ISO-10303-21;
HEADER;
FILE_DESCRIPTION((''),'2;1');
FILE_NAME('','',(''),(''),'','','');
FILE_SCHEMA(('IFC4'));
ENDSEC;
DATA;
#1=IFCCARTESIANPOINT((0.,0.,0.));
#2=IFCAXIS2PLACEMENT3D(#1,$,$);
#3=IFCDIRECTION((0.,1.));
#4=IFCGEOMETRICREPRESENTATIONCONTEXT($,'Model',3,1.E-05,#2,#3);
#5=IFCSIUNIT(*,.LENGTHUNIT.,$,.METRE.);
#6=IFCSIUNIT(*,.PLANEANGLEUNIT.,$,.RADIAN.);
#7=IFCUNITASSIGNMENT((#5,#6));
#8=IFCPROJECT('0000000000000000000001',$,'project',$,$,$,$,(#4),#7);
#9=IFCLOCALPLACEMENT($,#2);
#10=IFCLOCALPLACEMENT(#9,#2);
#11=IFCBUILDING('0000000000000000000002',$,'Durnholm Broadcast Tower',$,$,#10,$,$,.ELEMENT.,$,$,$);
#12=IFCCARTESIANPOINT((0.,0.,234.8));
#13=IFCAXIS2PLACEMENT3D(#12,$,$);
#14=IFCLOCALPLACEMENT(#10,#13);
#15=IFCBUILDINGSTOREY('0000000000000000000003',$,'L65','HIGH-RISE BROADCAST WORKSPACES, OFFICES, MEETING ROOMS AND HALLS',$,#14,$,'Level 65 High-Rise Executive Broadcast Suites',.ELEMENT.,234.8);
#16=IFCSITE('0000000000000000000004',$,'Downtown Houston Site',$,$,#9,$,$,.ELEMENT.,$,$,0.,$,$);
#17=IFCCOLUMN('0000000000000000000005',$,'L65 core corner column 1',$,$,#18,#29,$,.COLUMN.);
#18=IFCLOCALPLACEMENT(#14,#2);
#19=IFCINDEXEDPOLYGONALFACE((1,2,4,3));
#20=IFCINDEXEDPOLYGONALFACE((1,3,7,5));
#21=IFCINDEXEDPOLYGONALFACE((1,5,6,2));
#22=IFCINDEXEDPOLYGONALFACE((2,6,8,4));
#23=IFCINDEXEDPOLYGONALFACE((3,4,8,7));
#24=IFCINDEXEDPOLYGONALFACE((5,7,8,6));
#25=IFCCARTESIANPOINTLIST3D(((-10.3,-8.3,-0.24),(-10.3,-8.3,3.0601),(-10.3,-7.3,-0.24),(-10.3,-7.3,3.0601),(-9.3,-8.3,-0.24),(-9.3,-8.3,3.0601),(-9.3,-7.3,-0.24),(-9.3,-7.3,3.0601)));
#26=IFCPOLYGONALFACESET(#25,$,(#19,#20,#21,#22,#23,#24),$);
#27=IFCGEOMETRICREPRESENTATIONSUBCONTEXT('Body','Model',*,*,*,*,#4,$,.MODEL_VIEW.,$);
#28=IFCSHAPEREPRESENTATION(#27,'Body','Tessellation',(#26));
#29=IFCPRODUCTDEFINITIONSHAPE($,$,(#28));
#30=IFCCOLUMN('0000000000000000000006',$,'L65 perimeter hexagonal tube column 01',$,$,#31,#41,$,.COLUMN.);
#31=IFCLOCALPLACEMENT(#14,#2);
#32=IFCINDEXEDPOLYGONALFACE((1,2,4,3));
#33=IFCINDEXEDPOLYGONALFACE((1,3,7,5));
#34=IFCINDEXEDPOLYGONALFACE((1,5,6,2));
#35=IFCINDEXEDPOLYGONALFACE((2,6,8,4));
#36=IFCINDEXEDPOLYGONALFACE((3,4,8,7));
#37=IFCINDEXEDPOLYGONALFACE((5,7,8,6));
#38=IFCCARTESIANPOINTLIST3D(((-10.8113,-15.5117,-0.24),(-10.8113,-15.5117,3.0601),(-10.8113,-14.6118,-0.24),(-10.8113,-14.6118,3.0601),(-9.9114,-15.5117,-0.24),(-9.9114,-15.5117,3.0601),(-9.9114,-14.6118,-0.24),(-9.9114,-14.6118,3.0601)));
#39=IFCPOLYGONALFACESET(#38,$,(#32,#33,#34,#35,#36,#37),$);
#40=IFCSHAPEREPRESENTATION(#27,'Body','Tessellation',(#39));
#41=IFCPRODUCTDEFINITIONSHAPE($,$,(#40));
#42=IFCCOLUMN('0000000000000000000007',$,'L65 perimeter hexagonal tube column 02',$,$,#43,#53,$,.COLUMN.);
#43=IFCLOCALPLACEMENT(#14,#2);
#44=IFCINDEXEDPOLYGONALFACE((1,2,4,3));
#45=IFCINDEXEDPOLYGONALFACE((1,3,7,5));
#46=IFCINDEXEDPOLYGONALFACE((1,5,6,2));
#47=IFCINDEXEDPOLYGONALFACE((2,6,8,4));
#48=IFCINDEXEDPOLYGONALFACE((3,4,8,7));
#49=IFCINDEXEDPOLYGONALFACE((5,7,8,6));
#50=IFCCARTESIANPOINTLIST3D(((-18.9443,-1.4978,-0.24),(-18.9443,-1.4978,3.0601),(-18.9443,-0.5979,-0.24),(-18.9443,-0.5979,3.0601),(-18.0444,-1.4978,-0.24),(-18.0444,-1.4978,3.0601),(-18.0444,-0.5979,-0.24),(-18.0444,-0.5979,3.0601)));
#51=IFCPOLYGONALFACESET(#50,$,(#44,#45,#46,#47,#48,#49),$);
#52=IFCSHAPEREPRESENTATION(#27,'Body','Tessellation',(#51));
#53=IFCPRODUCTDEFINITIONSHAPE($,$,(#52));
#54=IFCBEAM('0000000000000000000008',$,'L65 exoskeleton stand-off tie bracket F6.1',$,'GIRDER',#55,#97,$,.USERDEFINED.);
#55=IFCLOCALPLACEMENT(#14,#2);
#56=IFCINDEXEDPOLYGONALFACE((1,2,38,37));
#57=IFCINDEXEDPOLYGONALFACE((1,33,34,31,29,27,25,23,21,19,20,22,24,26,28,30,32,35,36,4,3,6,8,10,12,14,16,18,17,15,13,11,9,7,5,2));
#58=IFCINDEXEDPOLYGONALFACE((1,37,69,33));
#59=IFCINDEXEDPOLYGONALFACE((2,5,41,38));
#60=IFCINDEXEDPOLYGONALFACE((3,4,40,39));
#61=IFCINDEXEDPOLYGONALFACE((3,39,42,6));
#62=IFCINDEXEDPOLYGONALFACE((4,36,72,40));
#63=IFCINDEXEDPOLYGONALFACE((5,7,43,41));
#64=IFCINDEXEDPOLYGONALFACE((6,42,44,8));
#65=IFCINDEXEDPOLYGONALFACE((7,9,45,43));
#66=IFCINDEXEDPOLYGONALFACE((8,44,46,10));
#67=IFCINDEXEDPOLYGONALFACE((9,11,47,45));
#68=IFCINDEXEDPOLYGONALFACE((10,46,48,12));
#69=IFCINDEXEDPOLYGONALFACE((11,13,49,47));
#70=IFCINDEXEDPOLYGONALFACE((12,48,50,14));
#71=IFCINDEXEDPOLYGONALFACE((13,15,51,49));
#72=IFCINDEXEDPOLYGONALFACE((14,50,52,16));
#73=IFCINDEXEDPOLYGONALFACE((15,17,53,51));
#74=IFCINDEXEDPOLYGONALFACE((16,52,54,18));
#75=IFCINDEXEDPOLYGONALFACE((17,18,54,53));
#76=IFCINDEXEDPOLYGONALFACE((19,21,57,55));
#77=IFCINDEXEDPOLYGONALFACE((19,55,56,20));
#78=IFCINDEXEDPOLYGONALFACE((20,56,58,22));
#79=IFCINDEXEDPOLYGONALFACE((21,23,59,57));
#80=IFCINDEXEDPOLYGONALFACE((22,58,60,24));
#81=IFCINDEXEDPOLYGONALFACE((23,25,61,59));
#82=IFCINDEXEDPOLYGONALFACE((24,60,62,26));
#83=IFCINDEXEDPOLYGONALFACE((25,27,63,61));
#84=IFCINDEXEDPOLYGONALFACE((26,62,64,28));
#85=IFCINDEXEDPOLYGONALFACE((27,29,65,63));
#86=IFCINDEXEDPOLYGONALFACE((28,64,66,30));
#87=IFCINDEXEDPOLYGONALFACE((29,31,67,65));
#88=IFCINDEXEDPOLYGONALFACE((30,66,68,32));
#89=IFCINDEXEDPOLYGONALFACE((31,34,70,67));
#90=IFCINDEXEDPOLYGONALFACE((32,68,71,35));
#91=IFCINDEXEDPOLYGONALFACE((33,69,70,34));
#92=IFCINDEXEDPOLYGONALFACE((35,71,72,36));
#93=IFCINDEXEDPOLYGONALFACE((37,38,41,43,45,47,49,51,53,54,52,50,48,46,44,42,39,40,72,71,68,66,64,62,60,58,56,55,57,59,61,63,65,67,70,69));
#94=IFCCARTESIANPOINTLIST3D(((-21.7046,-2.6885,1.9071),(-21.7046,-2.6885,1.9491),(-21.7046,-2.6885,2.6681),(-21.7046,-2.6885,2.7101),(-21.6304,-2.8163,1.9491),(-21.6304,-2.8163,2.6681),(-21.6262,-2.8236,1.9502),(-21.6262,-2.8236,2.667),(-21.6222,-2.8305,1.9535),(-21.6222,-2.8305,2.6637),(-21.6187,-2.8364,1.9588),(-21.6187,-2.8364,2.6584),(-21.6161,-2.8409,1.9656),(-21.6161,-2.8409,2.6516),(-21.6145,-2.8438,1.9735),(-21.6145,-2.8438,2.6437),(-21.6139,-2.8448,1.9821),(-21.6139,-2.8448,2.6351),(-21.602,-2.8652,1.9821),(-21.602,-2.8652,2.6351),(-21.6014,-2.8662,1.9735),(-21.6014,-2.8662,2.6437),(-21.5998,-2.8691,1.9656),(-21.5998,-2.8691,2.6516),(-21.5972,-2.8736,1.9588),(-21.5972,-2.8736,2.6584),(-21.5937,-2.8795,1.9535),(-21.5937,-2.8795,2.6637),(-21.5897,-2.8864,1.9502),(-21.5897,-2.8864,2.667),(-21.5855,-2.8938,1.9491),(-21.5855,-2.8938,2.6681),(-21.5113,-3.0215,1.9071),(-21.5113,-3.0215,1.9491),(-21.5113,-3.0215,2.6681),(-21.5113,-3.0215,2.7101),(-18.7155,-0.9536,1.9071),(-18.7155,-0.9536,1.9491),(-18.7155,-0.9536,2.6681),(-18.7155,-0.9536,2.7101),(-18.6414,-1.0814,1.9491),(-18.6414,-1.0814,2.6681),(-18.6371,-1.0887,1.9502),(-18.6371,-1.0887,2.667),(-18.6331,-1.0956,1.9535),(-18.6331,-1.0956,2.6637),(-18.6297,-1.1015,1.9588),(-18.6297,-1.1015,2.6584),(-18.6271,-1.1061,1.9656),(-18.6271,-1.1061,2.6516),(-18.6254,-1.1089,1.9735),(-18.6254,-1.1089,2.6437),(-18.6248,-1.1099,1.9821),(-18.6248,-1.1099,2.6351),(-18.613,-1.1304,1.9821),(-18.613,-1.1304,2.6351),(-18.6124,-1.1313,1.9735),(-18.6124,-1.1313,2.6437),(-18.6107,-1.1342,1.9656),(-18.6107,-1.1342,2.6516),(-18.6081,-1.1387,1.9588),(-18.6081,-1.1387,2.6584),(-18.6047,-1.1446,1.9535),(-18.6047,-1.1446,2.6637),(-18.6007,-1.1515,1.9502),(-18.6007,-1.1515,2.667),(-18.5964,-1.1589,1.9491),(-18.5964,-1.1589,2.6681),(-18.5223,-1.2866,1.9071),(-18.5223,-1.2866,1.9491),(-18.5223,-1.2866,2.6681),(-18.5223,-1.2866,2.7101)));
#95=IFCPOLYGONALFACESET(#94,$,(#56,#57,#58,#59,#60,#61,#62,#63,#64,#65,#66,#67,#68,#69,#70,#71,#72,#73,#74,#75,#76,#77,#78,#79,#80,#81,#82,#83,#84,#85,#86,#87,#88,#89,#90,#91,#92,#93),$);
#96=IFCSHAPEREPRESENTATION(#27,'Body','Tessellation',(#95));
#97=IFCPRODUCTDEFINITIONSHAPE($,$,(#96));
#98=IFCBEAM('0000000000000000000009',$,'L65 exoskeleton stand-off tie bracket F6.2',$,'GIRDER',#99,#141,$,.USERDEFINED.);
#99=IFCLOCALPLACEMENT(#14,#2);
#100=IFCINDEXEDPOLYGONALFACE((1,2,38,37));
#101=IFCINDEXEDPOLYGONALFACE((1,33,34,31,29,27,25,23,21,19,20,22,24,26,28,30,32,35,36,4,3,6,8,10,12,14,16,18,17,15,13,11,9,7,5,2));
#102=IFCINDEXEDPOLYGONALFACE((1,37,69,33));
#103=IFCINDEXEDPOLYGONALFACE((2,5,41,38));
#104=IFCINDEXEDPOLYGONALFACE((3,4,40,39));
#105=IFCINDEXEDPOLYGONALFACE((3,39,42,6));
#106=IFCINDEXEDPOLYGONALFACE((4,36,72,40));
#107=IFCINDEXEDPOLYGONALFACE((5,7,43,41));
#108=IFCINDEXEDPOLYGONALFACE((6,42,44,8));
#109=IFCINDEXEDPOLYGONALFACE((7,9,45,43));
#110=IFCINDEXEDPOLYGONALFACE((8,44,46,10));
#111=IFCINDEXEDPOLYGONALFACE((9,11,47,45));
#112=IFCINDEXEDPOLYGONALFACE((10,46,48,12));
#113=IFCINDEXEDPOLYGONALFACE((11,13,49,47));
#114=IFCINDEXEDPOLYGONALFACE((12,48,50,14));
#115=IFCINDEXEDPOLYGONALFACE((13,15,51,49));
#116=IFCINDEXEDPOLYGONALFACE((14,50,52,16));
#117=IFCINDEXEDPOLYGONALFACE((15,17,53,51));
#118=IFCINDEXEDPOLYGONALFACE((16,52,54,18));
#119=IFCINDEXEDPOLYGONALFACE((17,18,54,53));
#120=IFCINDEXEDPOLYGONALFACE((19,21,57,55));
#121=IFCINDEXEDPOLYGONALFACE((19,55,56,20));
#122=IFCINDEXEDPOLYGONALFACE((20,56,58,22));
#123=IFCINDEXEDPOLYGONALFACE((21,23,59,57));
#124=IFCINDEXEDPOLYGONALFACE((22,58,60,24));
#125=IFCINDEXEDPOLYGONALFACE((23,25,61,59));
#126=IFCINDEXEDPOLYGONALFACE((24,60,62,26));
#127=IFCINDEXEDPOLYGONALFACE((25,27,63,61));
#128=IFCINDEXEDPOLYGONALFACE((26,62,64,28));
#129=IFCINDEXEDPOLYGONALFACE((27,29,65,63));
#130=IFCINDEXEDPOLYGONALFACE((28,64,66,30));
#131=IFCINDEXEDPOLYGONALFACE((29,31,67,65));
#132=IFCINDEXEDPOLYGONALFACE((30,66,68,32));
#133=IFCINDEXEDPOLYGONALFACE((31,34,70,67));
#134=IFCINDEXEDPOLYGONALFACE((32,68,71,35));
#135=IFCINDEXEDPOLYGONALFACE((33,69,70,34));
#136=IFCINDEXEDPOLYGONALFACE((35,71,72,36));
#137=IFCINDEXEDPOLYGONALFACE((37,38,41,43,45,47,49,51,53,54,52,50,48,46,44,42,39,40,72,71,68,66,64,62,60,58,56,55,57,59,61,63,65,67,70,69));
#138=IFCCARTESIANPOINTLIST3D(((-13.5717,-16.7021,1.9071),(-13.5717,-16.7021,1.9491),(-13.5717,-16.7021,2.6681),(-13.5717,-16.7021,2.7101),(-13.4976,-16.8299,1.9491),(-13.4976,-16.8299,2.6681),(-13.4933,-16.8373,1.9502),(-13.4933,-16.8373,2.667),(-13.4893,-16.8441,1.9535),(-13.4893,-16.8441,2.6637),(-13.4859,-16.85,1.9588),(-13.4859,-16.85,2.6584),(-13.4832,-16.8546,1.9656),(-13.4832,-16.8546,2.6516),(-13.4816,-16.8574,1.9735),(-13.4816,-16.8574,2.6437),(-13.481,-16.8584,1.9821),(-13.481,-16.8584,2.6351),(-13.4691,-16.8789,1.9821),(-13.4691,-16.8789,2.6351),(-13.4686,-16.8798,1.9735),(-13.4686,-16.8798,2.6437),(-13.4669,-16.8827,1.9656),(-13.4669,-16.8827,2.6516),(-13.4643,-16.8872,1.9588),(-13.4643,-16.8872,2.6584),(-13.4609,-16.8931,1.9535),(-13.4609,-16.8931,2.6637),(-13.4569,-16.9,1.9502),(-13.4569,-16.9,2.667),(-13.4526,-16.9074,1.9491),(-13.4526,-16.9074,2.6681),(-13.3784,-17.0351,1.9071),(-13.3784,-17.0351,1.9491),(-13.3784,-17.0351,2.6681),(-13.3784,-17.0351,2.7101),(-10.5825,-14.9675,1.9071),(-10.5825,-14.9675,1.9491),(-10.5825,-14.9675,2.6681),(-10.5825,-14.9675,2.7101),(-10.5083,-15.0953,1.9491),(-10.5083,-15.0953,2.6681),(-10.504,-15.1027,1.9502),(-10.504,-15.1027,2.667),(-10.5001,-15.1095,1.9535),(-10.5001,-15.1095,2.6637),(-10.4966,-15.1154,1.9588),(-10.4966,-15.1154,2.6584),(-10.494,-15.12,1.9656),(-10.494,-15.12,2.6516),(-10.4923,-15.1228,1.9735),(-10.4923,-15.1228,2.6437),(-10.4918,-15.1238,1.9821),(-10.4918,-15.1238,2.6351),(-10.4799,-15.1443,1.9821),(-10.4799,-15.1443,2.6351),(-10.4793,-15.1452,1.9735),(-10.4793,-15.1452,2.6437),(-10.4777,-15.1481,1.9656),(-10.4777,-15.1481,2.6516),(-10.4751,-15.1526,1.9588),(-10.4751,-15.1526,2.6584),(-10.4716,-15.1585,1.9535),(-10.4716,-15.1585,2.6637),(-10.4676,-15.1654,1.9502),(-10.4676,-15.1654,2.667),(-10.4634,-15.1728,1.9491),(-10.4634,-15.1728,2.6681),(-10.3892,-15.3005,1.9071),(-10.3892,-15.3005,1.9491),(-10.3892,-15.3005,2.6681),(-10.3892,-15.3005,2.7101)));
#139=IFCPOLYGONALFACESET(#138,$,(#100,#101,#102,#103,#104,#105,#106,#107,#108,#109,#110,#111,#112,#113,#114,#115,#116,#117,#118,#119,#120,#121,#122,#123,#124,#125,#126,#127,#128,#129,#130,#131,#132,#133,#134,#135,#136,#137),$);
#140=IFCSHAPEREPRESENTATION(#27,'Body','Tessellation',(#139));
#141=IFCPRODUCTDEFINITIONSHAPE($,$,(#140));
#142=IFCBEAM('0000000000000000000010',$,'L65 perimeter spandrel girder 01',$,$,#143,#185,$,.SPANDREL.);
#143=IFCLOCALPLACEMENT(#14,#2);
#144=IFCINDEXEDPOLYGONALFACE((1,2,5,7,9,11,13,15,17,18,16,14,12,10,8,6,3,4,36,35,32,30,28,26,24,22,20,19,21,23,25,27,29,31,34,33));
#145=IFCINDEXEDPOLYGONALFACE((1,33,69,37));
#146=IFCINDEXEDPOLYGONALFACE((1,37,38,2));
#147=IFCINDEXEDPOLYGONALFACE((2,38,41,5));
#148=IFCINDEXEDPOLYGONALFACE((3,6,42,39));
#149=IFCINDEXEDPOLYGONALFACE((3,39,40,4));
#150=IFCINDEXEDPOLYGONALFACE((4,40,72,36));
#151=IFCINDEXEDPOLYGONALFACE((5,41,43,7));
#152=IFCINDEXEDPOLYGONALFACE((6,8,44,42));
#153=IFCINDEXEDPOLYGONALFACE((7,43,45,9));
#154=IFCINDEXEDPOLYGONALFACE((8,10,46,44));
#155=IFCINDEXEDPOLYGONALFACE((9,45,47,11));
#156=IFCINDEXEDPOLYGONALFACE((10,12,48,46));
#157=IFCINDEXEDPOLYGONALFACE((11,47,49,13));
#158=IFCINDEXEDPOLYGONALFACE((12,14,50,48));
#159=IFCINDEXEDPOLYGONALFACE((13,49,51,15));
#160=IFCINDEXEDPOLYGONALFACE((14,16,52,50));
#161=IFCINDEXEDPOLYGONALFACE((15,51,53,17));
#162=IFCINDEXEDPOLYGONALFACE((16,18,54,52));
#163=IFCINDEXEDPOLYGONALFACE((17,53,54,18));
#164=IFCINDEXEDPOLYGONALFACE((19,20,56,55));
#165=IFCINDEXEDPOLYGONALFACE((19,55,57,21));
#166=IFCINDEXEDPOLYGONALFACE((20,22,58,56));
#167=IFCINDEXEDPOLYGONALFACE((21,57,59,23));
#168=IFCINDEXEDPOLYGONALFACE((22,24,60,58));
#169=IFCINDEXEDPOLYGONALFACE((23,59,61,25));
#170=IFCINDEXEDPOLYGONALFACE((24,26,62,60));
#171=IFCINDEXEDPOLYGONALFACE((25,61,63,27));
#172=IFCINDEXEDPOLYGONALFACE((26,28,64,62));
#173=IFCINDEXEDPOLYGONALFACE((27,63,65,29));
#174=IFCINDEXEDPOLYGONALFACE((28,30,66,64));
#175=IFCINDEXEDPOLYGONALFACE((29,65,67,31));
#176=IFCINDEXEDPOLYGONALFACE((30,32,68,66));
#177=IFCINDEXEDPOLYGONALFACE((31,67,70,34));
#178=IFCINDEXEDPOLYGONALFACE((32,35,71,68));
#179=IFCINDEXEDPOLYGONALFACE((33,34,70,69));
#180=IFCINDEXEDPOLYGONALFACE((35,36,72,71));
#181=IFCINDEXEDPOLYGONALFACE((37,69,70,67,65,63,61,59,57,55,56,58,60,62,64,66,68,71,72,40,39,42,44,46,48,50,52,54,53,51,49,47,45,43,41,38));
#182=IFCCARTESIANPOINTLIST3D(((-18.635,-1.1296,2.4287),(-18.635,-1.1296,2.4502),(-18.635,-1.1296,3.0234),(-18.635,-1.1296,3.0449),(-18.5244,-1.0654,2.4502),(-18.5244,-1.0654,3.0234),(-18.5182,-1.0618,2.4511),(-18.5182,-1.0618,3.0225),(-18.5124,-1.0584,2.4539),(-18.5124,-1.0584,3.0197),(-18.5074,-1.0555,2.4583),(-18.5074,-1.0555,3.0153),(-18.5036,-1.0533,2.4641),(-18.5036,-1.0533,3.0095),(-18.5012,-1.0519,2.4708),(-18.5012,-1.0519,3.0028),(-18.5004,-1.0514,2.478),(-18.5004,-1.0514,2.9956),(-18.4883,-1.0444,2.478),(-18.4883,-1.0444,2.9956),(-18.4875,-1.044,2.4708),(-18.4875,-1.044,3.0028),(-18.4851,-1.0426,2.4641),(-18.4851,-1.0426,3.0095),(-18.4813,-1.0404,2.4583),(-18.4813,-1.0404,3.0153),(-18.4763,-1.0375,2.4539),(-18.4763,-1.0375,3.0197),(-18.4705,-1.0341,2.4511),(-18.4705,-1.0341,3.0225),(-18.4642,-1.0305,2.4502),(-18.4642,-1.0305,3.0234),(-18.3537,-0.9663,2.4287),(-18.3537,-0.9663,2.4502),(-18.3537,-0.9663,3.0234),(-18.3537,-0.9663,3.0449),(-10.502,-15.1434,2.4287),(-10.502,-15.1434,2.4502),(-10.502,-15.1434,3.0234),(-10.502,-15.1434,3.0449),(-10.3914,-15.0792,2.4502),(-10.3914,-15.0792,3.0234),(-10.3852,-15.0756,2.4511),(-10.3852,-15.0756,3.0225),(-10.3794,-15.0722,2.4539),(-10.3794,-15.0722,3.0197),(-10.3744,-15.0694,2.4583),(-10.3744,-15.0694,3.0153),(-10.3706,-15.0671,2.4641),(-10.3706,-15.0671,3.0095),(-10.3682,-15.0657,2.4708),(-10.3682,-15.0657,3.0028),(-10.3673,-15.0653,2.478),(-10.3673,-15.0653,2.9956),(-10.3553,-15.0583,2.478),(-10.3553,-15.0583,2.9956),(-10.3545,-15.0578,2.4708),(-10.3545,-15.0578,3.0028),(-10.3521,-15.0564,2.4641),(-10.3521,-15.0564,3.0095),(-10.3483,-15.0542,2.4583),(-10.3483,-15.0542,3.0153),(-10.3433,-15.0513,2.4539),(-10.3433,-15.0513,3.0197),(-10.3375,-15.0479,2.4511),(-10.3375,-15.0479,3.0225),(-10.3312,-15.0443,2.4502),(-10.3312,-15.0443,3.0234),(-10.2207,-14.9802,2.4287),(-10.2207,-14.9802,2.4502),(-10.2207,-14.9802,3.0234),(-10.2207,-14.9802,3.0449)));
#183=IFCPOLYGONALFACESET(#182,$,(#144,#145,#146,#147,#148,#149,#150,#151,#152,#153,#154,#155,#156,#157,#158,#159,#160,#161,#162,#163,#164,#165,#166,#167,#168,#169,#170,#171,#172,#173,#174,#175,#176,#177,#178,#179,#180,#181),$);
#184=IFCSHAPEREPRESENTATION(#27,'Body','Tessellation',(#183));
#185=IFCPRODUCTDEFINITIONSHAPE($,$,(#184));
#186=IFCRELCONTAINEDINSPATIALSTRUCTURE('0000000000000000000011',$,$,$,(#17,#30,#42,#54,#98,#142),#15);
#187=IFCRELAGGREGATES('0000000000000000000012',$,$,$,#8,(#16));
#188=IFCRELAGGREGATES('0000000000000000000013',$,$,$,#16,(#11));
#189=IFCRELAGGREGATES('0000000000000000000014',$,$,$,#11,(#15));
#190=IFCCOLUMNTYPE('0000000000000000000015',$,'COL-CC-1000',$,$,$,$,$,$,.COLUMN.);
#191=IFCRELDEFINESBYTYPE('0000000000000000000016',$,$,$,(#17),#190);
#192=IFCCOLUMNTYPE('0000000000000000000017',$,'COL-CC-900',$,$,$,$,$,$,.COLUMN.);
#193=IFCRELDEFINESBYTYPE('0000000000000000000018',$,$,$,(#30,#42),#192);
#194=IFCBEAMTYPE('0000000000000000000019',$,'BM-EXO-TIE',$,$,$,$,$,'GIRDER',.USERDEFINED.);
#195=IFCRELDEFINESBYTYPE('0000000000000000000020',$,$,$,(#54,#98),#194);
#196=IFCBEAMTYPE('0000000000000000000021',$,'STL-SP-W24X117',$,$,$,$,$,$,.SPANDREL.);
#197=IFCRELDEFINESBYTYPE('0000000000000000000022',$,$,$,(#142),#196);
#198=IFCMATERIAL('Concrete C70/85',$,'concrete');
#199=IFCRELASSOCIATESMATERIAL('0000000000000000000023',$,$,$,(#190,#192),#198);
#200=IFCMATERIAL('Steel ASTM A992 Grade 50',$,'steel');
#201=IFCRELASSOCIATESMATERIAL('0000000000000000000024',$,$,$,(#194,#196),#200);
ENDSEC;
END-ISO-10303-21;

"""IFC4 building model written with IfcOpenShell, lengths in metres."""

from ifc_helpers import new_model, si_unit, direction, frame, origin, origin_2d, place, context, subcontext, project, spatial, rectangle, i_section, extrude, source, transform, mapped, material, material_profile, profile_set, type_object, type_shapes, element, save


model = new_model("IFC4")

# Units and contexts
model_context = context("Model", 3, precision=1e-05, world=origin(), true_north=direction((0.0, 1.0)))
body_context = subcontext(model_context, "Body", "Model", "MODEL_VIEW")
ifc_project = project(units=[si_unit("LENGTHUNIT", "METRE"), si_unit("PLANEANGLEUNIT", "RADIAN")], contexts=[model_context])

# Site, building, storey
site_placement = place(None, origin())
site = spatial("IfcSite", under=ifc_project, at=site_placement, Name="Downtown Houston Site", CompositionType="ELEMENT", RefElevation=0.0)
building_placement = place(site_placement, origin())
building = spatial("IfcBuilding", under=site, at=building_placement, Name="Durnholm Broadcast Tower", CompositionType="ELEMENT")
storey_placement = place(building_placement, frame((0.0, 0.0, 234.8)))
storey = spatial("IfcBuildingStorey", under=building, at=storey_placement, Name="L65", Description="HIGH-RISE BROADCAST WORKSPACES, OFFICES, MEETING ROOMS AND HALLS", LongName="Level 65 High-Rise Executive Broadcast Suites", CompositionType="ELEMENT", Elevation=234.8)

# Columns
ifc_material_1 = material(Name="Concrete C70/85", Category="concrete")
ifc_material_profile_1 = material_profile(ifc_material_1, rectangle(XDim=1.0, YDim=1.0, at=origin_2d()), Name="RC1000X1000")
ifc_profile_set_1 = profile_set([ifc_material_profile_1], Name="Concrete C70/85")
column_type_1 = type_object("IfcColumnType", Name="COL-CC-1000", PredefinedType="COLUMN", material=ifc_profile_set_1)
shared_shape_1 = source(origin(), body_context, "Body", "SweptSolid", [
    extrude(rectangle(XDim=1.0, YDim=1.0, at=origin_2d()), origin(), (0.0, 0.0, 1.0), 3.3),
])
type_shapes(column_type_1, [shared_shape_1])
column_placement = place(storey_placement, frame((-9.8, -7.8, -0.24), z_axis=(0.0, 0.0, 1.0), x_axis=(1.0, 0.0, 0.0)))
element("IfcColumn", 1, at=column_placement, inside=storey, type_object=column_type_1, Name="L65 core corner column 1", PredefinedType="COLUMN", context=body_context, shape_type="MappedRepresentation", body=[
    mapped(shared_shape_1, transform((0.0, 0.0, 0.0), x_axis=(1.0, 0.0, 0.0), y_axis=(0.0, 1.0, 0.0), z_axis=(0.0, 0.0, 1.0), scale=1.0)),
])
ifc_material_profile_2 = material_profile(ifc_material_1, rectangle(XDim=0.8999, YDim=0.8999, at=origin_2d()), Name="RC900X900")
ifc_profile_set_2 = profile_set([ifc_material_profile_2], Name="Concrete C70/85")
column_type_2 = type_object("IfcColumnType", Name="COL-CC-900", PredefinedType="COLUMN", material=ifc_profile_set_2)
shared_shape_2 = source(origin(), body_context, "Body", "SweptSolid", [
    extrude(rectangle(XDim=0.8999, YDim=0.8999, at=origin_2d()), origin(), (0.0, 0.0, 1.0), 3.3),
])
type_shapes(column_type_2, [shared_shape_2])
for number, where, z_axis, x_axis, name in (
    (2, (-10.3613, -15.0618, -0.24), (0.0, 0.0, 1.0), (1.0, 0.0, 0.0), "L65 perimeter hexagonal tube column 01"),
    (3, (-18.4944, -1.0479, -0.24), (0.0, 0.0, 1.0), (1.0, 0.0, 0.0), "L65 perimeter hexagonal tube column 02"),
):
    element("IfcColumn", number, at=place(storey_placement, frame(where, z_axis=z_axis, x_axis=x_axis)), inside=storey, type_object=column_type_2, Name=name, PredefinedType="COLUMN", context=body_context, shape_type="MappedRepresentation", body=[
        mapped(shared_shape_2, transform((0.0, 0.0, 0.0), x_axis=(1.0, 0.0, 0.0), y_axis=(0.0, 1.0, 0.0), z_axis=(0.0, 0.0, 1.0), scale=1.0)),
    ])

# Beams
ifc_material_2 = material(Name="Steel ASTM A992 Grade 50", Category="steel")
ifc_material_profile_3 = material_profile(ifc_material_2, i_section(OverallWidth=0.385, OverallDepth=0.803, WebThickness=0.0237, FlangeThickness=0.042, FilletRadius=0.033, at=origin_2d()), Name="W30X261")
ifc_profile_set_3 = profile_set([ifc_material_profile_3], Name="Steel ASTM A992 Grade 50")
beam_type_1 = type_object("IfcBeamType", Name="BM-EXO-TIE", ElementType="GIRDER", PredefinedType="USERDEFINED", material=ifc_profile_set_3)
shared_shape_3 = source(origin(), body_context, "Body", "SweptSolid", [
    extrude(i_section(OverallWidth=0.385, OverallDepth=0.803, WebThickness=0.0237, FlangeThickness=0.042, FilletRadius=0.033, at=origin_2d()), origin(), (0.0, 0.0, 1.0), 3.4561),
])
for number, where, z_axis, x_axis, name in (
    (4, (-18.6189, -1.1201, 2.3086), (-0.864876, -0.501986, 0.0), (0.501986, -0.864876, 0.0), "L65 exoskeleton stand-off tie bracket F6.1"),
    (5, (-10.4858, -15.134, 2.3086), (-0.864924, -0.501902, 0.0), (0.501902, -0.864924, 0.0), "L65 exoskeleton stand-off tie bracket F6.2"),
):
    element("IfcBeam", number, at=place(storey_placement, frame(where, z_axis=z_axis, x_axis=x_axis)), inside=storey, type_object=beam_type_1, Name=name, ObjectType="GIRDER", PredefinedType="USERDEFINED", context=body_context, shape_type="MappedRepresentation", body=[
        mapped(shared_shape_3, transform((0.0, 0.0, 0.0), x_axis=(1.0, 0.0, 0.0), y_axis=(0.0, 1.0, 0.0), z_axis=(0.0, 0.0, 1.0), scale=1.0)),
    ])
ifc_material_profile_4 = material_profile(ifc_material_2, i_section(OverallWidth=0.3252, OverallDepth=0.6162, WebThickness=0.0139, FlangeThickness=0.0215, FilletRadius=0.0278, at=origin_2d()), Name="W24X117")
ifc_profile_set_4 = profile_set([ifc_material_profile_4], Name="Steel ASTM A992 Grade 50")
beam_type_2 = type_object("IfcBeamType", Name="STL-SP-W24X117", PredefinedType="SPANDREL", material=ifc_profile_set_4)
shared_shape_4 = source(origin(), body_context, "Body", "SweptSolid", [
    extrude(i_section(OverallWidth=0.3252, OverallDepth=0.6162, WebThickness=0.0139, FlangeThickness=0.0215, FilletRadius=0.0278, at=origin_2d()), origin(), (0.0, 0.0, 1.0), 16.2029),
])
beam_1_placement = place(storey_placement, frame((-10.3613, -15.0618, 2.7368), z_axis=(-0.501948, 0.864898, 0.0), x_axis=(-0.864898, -0.501948, 0.0)))
element("IfcBeam", 6, at=beam_1_placement, inside=storey, type_object=beam_type_2, Name="L65 perimeter spandrel girder 01", PredefinedType="SPANDREL", context=body_context, shape_type="MappedRepresentation", body=[
    mapped(shared_shape_4, transform((0.0, 0.0, 0.0), x_axis=(1.0, 0.0, 0.0), y_axis=(0.0, 1.0, 0.0), z_axis=(0.0, 0.0, 1.0), scale=1.0)),
])

save(model, "model.ifc")
